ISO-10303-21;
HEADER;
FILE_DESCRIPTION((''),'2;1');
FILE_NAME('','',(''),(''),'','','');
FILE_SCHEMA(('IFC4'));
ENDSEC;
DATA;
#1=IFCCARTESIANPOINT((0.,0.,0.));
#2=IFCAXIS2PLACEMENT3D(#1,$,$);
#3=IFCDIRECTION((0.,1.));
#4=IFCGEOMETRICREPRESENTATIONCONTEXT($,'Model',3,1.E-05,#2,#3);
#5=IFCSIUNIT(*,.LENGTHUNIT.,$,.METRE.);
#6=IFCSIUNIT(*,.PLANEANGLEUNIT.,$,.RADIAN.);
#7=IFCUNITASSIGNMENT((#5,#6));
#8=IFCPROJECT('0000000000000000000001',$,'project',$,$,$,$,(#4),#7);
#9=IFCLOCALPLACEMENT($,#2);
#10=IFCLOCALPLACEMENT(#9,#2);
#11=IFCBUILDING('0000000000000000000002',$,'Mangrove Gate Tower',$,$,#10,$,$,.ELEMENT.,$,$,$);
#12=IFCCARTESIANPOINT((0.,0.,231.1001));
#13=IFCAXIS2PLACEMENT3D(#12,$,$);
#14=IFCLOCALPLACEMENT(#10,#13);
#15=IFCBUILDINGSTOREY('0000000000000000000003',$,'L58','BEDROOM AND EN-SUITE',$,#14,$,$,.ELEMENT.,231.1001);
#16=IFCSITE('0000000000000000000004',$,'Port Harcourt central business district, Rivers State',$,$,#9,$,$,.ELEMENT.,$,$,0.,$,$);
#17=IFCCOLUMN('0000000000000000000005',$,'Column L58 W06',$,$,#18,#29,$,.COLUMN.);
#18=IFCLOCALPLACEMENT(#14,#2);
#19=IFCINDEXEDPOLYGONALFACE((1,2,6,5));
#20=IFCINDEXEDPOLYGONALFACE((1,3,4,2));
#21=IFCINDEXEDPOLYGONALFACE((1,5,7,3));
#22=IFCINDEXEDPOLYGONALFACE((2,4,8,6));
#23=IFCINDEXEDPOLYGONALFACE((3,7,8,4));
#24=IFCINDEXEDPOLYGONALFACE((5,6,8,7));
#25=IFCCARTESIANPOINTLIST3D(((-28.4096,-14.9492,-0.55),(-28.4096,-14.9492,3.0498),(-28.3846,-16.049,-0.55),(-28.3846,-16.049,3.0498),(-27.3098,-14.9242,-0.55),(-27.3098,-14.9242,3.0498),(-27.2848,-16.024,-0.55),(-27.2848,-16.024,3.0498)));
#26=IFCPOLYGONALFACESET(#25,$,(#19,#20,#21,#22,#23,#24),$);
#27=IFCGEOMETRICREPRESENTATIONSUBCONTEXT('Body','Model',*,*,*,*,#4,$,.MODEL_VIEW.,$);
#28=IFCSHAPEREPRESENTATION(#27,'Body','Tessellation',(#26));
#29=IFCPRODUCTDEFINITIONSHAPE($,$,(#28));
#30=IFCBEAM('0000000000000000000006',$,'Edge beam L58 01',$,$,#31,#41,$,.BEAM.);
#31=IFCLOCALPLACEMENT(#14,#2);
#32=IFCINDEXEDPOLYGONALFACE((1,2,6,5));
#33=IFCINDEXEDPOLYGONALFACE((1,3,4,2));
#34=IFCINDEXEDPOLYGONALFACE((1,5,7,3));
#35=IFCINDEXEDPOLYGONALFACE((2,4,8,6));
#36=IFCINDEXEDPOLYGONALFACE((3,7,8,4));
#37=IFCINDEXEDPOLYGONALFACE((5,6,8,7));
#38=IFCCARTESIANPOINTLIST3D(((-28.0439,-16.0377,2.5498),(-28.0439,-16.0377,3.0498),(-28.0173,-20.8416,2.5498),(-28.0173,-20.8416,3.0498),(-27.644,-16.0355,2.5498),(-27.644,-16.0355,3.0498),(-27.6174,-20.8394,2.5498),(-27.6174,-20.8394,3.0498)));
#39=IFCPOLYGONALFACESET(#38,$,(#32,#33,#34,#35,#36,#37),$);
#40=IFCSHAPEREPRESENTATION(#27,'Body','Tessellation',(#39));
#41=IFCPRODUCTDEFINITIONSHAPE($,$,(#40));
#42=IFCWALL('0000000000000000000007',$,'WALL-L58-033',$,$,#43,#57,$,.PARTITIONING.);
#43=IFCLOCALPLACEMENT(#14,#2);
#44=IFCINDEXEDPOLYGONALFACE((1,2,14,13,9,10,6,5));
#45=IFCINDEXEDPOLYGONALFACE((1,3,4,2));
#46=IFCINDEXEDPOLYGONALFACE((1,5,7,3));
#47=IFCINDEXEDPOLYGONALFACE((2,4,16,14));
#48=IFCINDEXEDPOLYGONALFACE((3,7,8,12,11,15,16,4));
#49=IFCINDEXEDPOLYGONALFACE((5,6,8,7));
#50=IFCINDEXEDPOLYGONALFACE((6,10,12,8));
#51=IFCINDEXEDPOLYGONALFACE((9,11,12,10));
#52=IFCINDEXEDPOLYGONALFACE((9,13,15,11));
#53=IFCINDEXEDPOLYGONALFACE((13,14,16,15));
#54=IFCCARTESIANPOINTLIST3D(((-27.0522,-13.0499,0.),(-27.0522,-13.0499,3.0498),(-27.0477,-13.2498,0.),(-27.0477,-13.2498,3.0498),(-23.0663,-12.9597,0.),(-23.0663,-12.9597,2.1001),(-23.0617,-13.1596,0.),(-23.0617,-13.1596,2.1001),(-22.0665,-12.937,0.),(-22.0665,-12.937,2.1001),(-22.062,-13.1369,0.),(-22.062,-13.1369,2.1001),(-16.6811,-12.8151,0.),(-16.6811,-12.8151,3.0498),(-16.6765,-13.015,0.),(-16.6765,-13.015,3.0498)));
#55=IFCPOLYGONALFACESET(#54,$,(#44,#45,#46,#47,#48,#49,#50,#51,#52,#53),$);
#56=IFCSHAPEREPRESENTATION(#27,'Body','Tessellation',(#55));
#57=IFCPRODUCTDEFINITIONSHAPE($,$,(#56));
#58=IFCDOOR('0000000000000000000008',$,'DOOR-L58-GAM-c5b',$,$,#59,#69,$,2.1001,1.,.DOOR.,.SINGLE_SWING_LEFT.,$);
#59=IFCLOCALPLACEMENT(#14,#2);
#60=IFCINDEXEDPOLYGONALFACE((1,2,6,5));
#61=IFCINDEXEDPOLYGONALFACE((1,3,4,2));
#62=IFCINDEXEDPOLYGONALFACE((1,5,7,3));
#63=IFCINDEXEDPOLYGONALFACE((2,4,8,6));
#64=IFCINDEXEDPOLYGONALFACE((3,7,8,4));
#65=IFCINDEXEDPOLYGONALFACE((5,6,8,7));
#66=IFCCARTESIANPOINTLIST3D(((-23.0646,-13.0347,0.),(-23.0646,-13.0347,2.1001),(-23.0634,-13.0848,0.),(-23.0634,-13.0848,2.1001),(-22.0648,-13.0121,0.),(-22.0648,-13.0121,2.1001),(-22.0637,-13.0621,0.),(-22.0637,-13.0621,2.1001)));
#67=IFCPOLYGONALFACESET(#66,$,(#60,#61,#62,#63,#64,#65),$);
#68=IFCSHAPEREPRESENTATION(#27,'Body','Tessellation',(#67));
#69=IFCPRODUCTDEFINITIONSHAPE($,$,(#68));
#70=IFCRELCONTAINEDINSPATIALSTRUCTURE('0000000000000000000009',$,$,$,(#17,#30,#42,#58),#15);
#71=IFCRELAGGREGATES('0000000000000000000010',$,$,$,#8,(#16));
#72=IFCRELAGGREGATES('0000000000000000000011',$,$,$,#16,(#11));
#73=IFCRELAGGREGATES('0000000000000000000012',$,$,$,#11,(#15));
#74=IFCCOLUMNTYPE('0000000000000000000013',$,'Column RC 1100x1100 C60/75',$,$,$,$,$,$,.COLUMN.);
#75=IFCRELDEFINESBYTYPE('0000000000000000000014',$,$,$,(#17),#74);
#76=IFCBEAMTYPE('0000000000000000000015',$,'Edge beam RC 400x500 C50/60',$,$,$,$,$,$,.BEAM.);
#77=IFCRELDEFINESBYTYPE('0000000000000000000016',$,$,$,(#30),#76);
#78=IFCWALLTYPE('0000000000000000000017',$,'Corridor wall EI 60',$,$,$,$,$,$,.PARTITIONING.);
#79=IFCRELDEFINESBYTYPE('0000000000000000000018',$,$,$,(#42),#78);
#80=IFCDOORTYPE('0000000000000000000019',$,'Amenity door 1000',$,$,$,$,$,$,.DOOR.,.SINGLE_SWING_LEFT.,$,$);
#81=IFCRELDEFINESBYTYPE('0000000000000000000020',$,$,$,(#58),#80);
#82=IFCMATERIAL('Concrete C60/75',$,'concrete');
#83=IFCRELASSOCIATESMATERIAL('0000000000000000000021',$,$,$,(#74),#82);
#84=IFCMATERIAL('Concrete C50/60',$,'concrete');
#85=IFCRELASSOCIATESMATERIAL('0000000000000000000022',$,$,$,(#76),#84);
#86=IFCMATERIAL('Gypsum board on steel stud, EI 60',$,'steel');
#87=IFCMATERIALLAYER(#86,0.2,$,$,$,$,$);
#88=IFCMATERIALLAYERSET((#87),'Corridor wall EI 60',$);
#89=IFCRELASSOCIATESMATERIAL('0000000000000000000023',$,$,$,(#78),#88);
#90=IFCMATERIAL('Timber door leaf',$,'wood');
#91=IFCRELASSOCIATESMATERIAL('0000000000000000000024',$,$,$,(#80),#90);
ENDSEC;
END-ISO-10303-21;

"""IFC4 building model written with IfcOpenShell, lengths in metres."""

from ifc_helpers import new_model, si_unit, direction, frame, frame_2d, origin, origin_2d, place, context, subcontext, project, spatial, rectangle, extrude, material, layer, layer_set, material_profile, profile_set, type_object, element, fill, save


model = new_model("IFC4")

# Units and contexts
model_context = context("Model", 3, precision=1e-05, world=origin(), true_north=direction((0.0, 1.0)))
body_context = subcontext(model_context, "Body", "Model", "MODEL_VIEW")
ifc_project = project(units=[si_unit("LENGTHUNIT", "METRE"), si_unit("PLANEANGLEUNIT", "RADIAN")], contexts=[model_context])

# Site, building, storey
site_placement = place(None, origin())
site = spatial("IfcSite", under=ifc_project, at=site_placement, Name="Port Harcourt central business district, Rivers State", CompositionType="ELEMENT", RefElevation=0.0)
building_placement = place(site_placement, origin())
building = spatial("IfcBuilding", under=site, at=building_placement, Name="Mangrove Gate Tower", CompositionType="ELEMENT")
storey_placement = place(building_placement, frame((0.0, 0.0, 231.1001)))
storey = spatial("IfcBuildingStorey", under=building, at=storey_placement, Name="L58", Description="BEDROOM AND EN-SUITE", CompositionType="ELEMENT", Elevation=231.1001)

# Column
ifc_material_1 = material(Name="Concrete C60/75", Category="concrete")
ifc_material_profile_1 = material_profile(ifc_material_1, rectangle(XDim=1.1001, YDim=1.1001, at=origin_2d()))
ifc_profile_set_1 = profile_set([ifc_material_profile_1], Name="Concrete C60/75")
column_type = type_object("IfcColumnType", Name="Column RC 1100x1100 C60/75", PredefinedType="COLUMN", material=ifc_profile_set_1)
column_placement = place(storey_placement, frame((-27.8472, -15.4866, -0.55), z_axis=(0.0, 0.0, 1.0), x_axis=(0.022711, -0.999742, 0.0)))
element("IfcColumn", 1, at=column_placement, inside=storey, type_object=column_type, Name="Column L58 W06", PredefinedType="COLUMN", context=body_context, shape_type="SweptSolid", body=[
    extrude(rectangle(XDim=1.1001, YDim=1.1001, at=origin_2d()), origin(), (0.0, 0.0, 1.0), 3.5999),
])

# Beam
ifc_material_2 = material(Name="Concrete C50/60", Category="concrete")
ifc_material_profile_2 = material_profile(ifc_material_2, rectangle(XDim=0.3999, YDim=0.5, at=origin_2d()))
ifc_profile_set_2 = profile_set([ifc_material_profile_2], Name="Concrete C50/60")
beam_type = type_object("IfcBeamType", Name="Edge beam RC 400x500 C50/60", PredefinedType="BEAM", material=ifc_profile_set_2)
beam_placement = place(storey_placement, frame((-27.844, -16.0366, 2.7998), z_axis=(0.005539, -0.999985, 0.0), x_axis=(0.999985, 0.005539, 0.0)))
element("IfcBeam", 2, at=beam_placement, inside=storey, type_object=beam_type, Name="Edge beam L58 01", PredefinedType="BEAM", context=body_context, shape_type="SweptSolid", body=[
    extrude(rectangle(XDim=0.3999, YDim=0.5, at=origin_2d()), origin(), (0.0, 0.0, 1.0), 4.804),
])

# Shared definitions
ifc_material_3 = material(Name="Gypsum board on steel stud, EI 60", Category="steel")
ifc_layer = layer(ifc_material_3, 0.2)
ifc_layer_set = layer_set([ifc_layer], Name="Corridor wall EI 60")
wall_type = type_object("IfcWallType", Name="Corridor wall EI 60", PredefinedType="PARTITIONING", material=ifc_layer_set)
ifc_material_4 = material(Name="Timber door leaf", Category="wood")
door_type_1 = type_object("IfcDoorType", Name="Amenity door 1000", OperationType="SINGLE_SWING_LEFT", PredefinedType="DOOR", material=ifc_material_4)

# Wall, opening, door
wall_1_placement = place(storey_placement, frame((-27.05, -13.1499, 0.0), z_axis=(0.0, 0.0, 1.0), x_axis=(0.999744, 0.02264, 0.0)))
wall_1 = element("IfcWall", 3, at=wall_1_placement, inside=storey, type_object=wall_type, Name="WALL-L58-033", PredefinedType="PARTITIONING", context=body_context, shape_type="SweptSolid", body=[
    extrude(rectangle(XDim=10.3738, YDim=0.2, at=frame_2d((5.187, 0.0))), origin(), (0.0, 0.0, 1.0), 3.0498),
])
opening_1_placement = place(wall_1_placement, frame((3.9871, 0.0, 0.0)))
opening_1 = element("IfcOpeningElement", 4, at=opening_1_placement, cuts=wall_1, PredefinedType="OPENING", context=body_context, shape_type="SweptSolid", body=[
    extrude(rectangle(XDim=1.0, YDim=2.1001, at=frame_2d((0.5, 1.05))), frame((0.0, 0.1099, 0.0), z_axis=(0.0, -1.0, 0.0), x_axis=(1.0, 0.0, 0.0)), (0.0, 0.0, 1.0), 0.22),
])
door_1_placement = place(opening_1_placement, origin())
door_1 = element("IfcDoor", 5, at=door_1_placement, inside=storey, type_object=door_type_1, Name="DOOR-L58-GAM-c5b", OperationType="SINGLE_SWING_LEFT", OverallHeight=2.1001, OverallWidth=1.0, PredefinedType="DOOR", context=body_context, shape_type="SweptSolid", body=[
    extrude(rectangle(XDim=1.0, YDim=2.1001, at=frame_2d((0.5, 1.05))), frame((0.0, 0.0249, 0.0), z_axis=(0.0, -1.0, 0.0), x_axis=(1.0, 0.0, 0.0)), (0.0, 0.0, 1.0), 0.05),
])
fill(opening_1, door_1)

save(model, "model.ifc")
